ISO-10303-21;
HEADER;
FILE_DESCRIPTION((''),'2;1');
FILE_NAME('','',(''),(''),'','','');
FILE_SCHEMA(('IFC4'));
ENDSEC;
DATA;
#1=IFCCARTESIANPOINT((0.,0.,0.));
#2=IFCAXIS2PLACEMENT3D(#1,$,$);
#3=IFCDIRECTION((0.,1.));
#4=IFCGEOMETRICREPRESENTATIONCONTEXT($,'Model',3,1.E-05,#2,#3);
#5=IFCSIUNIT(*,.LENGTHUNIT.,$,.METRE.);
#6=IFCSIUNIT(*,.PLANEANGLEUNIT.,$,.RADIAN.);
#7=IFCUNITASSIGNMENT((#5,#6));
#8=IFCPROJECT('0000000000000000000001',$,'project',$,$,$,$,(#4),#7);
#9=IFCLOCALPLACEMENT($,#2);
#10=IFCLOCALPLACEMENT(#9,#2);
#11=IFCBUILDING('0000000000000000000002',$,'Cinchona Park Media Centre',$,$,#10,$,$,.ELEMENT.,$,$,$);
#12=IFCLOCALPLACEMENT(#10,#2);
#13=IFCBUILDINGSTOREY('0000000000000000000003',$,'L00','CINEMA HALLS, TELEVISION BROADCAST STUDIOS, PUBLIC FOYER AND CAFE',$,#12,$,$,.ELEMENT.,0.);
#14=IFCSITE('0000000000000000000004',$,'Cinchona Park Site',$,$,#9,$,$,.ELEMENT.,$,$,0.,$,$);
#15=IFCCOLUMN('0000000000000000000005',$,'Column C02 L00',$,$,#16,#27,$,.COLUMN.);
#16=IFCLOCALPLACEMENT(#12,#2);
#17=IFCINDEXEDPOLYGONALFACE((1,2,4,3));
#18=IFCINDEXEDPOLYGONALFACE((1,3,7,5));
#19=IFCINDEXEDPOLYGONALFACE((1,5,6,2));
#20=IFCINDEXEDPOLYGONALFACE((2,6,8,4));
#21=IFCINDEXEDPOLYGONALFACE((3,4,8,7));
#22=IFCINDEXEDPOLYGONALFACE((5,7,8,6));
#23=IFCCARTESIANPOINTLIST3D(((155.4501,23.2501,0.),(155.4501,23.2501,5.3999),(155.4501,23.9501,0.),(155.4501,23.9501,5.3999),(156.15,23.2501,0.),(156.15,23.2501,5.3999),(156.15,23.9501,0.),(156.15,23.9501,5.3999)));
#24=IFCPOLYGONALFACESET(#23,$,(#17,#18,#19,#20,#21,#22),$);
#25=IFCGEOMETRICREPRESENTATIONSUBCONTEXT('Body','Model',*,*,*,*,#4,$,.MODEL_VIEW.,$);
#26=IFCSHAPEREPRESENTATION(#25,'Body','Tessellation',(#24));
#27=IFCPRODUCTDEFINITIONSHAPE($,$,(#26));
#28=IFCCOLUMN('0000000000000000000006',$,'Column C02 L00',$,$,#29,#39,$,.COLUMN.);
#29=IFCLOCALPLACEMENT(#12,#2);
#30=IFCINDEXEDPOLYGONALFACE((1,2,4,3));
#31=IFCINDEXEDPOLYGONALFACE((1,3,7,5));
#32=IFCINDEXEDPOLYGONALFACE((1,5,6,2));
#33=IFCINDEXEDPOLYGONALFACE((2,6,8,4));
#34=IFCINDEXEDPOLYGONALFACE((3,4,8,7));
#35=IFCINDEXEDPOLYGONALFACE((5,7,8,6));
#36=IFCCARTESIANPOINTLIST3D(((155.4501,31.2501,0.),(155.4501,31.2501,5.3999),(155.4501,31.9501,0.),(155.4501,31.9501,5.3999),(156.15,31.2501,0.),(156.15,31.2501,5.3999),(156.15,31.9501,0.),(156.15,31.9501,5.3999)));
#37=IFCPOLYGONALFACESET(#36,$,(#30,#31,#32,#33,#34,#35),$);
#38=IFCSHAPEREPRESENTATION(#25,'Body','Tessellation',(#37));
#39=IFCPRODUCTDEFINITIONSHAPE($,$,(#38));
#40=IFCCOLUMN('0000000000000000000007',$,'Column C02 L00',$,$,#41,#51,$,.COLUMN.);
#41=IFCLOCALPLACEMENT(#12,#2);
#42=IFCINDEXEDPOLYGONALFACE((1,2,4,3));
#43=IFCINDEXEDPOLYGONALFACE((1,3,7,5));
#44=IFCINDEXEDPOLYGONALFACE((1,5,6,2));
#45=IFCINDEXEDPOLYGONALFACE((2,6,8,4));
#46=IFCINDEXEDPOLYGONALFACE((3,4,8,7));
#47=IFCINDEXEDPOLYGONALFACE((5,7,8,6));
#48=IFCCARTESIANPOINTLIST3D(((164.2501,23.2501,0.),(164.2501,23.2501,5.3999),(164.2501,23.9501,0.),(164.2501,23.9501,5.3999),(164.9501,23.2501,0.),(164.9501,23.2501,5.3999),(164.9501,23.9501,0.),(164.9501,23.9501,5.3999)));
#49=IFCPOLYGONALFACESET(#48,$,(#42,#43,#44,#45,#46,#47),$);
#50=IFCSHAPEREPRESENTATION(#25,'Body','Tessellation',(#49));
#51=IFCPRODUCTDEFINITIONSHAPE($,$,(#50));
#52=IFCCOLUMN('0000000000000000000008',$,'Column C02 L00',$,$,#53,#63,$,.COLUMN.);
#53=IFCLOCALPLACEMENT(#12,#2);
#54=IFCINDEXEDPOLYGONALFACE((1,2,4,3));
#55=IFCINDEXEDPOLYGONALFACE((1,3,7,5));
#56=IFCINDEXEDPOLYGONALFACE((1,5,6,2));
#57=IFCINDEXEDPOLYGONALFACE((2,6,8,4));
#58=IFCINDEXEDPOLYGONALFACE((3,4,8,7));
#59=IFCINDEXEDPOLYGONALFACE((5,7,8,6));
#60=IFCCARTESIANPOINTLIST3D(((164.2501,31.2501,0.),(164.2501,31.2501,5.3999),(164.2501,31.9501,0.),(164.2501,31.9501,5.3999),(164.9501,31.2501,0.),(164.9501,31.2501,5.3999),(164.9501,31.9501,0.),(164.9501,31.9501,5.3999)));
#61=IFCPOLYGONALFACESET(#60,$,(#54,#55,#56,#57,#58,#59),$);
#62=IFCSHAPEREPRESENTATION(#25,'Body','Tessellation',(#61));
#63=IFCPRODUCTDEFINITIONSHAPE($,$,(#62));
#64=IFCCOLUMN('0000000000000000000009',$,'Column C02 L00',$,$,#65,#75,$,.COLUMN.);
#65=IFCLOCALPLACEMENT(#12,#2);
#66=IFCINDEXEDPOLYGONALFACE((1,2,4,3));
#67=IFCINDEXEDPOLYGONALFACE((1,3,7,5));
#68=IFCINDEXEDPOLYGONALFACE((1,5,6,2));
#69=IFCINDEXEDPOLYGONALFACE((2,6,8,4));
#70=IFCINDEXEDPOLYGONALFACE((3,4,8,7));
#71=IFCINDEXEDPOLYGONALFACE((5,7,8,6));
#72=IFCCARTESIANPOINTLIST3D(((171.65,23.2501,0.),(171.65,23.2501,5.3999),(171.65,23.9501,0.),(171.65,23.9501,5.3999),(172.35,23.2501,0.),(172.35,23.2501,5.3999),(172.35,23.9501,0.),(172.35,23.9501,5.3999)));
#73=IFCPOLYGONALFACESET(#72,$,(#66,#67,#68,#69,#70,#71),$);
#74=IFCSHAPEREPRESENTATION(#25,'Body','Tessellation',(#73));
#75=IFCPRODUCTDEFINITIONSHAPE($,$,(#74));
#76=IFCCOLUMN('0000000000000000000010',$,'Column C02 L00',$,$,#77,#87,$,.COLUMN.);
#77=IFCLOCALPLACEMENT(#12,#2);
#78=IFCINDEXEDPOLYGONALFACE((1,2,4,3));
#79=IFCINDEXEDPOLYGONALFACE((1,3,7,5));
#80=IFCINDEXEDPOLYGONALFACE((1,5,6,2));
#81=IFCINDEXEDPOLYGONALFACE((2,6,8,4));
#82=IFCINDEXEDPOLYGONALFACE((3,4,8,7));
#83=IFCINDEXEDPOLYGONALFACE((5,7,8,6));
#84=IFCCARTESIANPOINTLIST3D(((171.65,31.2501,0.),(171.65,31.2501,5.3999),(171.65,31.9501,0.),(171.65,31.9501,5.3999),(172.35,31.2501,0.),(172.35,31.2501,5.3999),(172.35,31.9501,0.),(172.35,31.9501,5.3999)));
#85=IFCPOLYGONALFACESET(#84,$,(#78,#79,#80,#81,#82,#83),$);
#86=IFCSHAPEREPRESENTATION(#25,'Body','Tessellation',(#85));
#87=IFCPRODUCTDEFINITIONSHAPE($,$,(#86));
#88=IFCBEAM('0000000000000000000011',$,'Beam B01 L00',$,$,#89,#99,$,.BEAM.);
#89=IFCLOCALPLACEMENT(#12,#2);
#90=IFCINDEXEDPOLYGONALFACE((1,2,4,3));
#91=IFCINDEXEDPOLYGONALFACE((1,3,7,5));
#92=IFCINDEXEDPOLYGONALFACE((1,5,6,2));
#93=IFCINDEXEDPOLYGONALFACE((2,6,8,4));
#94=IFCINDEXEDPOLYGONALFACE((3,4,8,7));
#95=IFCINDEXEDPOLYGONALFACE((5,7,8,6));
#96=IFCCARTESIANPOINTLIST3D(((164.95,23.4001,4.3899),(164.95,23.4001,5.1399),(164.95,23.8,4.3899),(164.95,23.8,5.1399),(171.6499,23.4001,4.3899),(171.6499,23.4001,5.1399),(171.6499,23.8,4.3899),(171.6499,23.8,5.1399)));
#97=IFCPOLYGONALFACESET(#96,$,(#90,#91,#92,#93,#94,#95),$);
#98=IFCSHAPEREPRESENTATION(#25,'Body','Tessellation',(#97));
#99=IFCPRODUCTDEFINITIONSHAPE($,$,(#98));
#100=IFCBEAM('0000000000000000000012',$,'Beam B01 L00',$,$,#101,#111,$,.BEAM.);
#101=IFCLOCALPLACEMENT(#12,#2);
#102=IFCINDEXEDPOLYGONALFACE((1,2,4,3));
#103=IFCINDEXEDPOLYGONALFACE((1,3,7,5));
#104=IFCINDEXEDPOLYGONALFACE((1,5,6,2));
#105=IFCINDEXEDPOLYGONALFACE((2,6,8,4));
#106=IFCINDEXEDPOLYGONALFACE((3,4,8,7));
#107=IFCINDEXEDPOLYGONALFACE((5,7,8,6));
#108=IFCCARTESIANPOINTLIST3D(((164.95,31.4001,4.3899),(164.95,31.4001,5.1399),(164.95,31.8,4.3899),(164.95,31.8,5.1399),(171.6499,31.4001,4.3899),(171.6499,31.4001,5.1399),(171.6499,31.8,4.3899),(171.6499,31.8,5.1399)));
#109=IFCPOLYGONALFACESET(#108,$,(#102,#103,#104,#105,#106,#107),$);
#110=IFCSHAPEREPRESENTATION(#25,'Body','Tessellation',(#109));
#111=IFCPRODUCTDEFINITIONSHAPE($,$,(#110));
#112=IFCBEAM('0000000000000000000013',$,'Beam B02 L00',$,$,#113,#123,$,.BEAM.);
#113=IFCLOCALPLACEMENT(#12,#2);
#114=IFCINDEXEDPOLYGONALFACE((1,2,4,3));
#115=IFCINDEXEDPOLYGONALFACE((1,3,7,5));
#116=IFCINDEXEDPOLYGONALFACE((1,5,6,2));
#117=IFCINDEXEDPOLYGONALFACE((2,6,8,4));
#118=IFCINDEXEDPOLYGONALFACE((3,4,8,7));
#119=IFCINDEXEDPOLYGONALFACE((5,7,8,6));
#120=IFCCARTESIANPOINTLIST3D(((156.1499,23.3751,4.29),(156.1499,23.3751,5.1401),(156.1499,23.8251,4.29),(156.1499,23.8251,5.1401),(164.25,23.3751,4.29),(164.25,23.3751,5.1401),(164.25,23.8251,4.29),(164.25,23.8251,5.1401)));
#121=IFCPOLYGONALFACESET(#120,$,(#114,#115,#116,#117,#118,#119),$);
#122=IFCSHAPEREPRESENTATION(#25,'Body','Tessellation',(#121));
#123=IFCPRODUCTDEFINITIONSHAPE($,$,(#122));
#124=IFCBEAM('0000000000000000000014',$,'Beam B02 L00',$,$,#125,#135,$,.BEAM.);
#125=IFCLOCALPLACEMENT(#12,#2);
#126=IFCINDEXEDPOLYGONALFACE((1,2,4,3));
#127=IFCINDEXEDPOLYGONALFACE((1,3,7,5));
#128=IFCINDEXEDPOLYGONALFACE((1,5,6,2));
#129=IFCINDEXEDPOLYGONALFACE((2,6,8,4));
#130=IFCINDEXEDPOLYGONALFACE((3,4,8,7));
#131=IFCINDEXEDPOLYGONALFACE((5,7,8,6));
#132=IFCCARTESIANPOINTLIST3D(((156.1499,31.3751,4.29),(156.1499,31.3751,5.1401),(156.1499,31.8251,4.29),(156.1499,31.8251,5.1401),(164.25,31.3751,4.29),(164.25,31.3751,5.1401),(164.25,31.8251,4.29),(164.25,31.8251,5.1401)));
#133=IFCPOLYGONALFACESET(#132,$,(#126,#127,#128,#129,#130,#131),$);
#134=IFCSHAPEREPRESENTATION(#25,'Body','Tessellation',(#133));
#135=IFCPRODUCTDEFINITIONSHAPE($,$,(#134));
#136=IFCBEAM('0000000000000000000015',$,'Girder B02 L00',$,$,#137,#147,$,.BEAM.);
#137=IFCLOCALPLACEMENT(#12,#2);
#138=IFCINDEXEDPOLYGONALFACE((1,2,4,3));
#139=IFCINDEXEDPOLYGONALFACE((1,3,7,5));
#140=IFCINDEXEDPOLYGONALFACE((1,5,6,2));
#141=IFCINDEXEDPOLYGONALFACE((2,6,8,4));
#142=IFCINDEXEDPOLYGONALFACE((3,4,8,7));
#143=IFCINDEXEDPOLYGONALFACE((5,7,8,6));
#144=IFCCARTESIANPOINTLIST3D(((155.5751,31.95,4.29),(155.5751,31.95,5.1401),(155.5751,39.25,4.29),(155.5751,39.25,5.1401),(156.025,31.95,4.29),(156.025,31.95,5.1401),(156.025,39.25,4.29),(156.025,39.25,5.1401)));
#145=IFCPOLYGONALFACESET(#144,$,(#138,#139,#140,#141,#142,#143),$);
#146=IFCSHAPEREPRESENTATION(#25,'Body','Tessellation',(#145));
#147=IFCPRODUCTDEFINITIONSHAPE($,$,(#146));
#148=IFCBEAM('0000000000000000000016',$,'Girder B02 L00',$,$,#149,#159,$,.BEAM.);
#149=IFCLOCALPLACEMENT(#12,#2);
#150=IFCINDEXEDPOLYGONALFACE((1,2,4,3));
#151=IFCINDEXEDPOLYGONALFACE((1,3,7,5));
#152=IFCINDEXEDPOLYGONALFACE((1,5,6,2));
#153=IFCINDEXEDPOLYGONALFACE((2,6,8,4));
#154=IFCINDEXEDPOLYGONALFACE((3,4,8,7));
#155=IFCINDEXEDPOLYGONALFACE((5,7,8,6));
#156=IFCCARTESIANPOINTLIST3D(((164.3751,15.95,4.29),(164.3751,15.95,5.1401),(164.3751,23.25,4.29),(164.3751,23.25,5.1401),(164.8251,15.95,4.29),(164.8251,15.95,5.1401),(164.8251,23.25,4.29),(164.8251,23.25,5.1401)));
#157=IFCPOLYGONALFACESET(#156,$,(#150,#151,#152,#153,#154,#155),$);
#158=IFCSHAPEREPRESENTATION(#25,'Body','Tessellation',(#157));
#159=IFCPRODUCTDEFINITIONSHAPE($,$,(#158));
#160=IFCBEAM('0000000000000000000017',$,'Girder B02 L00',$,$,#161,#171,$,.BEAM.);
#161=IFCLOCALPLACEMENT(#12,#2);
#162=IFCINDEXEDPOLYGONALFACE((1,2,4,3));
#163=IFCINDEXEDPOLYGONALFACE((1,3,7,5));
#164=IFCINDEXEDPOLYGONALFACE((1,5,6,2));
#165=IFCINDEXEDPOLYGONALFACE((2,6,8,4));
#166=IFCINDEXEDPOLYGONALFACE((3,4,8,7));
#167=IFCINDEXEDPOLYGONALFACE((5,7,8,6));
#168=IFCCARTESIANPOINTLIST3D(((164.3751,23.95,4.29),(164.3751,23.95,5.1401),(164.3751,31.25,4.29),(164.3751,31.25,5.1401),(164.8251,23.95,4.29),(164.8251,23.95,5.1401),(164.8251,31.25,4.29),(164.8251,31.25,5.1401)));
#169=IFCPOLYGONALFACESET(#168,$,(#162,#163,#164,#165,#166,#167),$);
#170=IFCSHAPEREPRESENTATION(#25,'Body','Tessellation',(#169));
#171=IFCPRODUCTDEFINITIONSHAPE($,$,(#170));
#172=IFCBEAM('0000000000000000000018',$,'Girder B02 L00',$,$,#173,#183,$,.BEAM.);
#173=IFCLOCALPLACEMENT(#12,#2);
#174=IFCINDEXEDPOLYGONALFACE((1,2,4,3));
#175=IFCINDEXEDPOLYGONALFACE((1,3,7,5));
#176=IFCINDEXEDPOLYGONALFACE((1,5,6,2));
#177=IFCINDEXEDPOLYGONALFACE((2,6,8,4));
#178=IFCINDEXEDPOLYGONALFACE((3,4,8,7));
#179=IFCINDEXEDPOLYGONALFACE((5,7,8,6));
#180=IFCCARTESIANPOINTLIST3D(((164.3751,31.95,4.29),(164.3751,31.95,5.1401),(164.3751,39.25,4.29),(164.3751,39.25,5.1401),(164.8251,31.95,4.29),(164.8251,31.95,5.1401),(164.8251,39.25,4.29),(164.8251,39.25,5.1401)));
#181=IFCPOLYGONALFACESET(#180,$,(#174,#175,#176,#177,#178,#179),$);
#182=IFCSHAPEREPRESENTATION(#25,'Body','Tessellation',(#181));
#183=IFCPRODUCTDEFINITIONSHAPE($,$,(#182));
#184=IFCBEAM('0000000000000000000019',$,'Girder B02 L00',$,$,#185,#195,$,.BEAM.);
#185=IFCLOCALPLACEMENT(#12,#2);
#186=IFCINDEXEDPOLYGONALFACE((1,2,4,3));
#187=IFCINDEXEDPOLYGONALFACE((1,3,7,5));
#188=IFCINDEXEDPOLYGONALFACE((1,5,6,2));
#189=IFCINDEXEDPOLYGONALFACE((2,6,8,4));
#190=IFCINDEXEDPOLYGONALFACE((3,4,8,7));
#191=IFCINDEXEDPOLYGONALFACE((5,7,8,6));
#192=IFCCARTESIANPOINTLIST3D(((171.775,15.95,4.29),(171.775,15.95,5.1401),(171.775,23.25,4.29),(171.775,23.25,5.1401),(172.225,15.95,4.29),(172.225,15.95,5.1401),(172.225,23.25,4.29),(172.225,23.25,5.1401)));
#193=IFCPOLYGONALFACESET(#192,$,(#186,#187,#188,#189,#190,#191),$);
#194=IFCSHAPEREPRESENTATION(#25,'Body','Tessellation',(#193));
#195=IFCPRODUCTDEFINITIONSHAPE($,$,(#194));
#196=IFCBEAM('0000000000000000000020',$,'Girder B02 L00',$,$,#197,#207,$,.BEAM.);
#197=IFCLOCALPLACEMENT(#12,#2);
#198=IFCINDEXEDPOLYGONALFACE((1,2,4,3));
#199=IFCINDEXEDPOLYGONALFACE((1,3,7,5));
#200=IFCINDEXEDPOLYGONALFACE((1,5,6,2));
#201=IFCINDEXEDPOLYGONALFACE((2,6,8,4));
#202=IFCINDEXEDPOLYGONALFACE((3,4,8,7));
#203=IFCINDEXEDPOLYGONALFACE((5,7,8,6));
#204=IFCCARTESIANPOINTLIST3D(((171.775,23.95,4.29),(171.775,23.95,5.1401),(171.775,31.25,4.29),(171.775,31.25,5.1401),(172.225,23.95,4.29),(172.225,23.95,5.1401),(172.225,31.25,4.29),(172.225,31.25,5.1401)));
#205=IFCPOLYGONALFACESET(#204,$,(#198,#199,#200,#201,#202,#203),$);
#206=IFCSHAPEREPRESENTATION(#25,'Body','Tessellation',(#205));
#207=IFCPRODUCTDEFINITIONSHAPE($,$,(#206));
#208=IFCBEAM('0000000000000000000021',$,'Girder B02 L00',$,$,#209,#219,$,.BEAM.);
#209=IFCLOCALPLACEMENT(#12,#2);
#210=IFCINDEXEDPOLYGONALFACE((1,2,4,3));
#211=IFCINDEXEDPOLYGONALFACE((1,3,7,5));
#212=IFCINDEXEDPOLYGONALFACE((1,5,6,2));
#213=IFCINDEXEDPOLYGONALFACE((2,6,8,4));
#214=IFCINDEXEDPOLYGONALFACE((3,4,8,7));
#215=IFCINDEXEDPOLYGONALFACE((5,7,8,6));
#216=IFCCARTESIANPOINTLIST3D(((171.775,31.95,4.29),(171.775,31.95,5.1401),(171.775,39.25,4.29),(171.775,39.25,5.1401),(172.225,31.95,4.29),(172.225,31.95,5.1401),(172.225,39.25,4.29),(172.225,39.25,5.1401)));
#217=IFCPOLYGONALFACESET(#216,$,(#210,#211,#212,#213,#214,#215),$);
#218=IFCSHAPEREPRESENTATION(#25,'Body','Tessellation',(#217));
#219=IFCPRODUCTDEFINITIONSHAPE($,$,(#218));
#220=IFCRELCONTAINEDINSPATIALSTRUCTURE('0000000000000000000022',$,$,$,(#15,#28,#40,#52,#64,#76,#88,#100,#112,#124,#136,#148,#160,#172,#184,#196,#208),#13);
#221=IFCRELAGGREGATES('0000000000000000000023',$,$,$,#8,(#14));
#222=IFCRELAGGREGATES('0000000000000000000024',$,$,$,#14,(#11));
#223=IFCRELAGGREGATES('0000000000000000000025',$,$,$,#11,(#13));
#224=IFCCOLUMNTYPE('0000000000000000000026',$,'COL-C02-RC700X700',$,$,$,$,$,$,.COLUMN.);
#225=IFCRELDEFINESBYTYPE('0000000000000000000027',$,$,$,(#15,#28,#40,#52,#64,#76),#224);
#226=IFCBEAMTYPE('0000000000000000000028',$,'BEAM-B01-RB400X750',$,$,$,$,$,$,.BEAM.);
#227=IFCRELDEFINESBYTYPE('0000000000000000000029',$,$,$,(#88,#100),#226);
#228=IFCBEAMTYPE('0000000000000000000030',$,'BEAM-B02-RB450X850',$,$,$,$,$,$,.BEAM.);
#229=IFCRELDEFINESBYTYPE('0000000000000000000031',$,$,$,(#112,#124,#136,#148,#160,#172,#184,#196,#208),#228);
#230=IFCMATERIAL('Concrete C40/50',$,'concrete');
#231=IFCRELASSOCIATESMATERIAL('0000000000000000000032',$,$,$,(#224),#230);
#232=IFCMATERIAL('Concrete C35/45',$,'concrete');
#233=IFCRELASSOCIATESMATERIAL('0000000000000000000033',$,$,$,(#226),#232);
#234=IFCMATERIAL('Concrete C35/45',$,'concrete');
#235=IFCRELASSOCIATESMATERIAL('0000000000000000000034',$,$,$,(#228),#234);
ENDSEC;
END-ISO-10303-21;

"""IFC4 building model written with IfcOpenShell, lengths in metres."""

from ifc_helpers import new_model, si_unit, direction, frame, origin, origin_2d, place, context, subcontext, project, spatial, rectangle, extrude, material, material_profile, profile_set, type_object, element, save


model = new_model("IFC4")

# Units and contexts
model_context = context("Model", 3, precision=1e-05, world=origin(), true_north=direction((0.0, 1.0)))
body_context = subcontext(model_context, "Body", "Model", "MODEL_VIEW")
ifc_project = project(units=[si_unit("LENGTHUNIT", "METRE"), si_unit("PLANEANGLEUNIT", "RADIAN")], contexts=[model_context])

# Site, building, storey
site_placement = place(None, origin())
site = spatial("IfcSite", under=ifc_project, at=site_placement, Name="Cinchona Park Site", CompositionType="ELEMENT", RefElevation=0.0)
building_placement = place(site_placement, origin())
building = spatial("IfcBuilding", under=site, at=building_placement, Name="Cinchona Park Media Centre", CompositionType="ELEMENT")
storey_placement = place(building_placement, origin())
storey = spatial("IfcBuildingStorey", under=building, at=storey_placement, Name="L00", Description="CINEMA HALLS, TELEVISION BROADCAST STUDIOS, PUBLIC FOYER AND CAFE", CompositionType="ELEMENT", Elevation=0.0)

# Columns
ifc_material_1 = material(Name="Concrete C40/50", Category="concrete")
ifc_material_profile_1 = material_profile(ifc_material_1, rectangle(XDim=0.7, YDim=0.7, at=origin_2d()), Name="RC 700X700")
ifc_profile_set_1 = profile_set([ifc_material_profile_1], Name="Concrete C40/50")
column_type = type_object("IfcColumnType", Name="COL-C02-RC700X700", PredefinedType="COLUMN", material=ifc_profile_set_1)
for number, where, z_axis, x_axis, name in (
    (1, (155.8, 23.6001, 0.0), (0.0, 0.0, 1.0), (1.0, 0.0, 0.0), "Column C02 L00"),
    (2, (155.8, 31.6001, 0.0), (0.0, 0.0, 1.0), (1.0, 0.0, 0.0), "Column C02 L00"),
    (3, (164.6001, 23.6001, 0.0), (0.0, 0.0, 1.0), (1.0, 0.0, 0.0), "Column C02 L00"),
    (4, (164.6001, 31.6001, 0.0), (0.0, 0.0, 1.0), (1.0, 0.0, 0.0), "Column C02 L00"),
    (5, (172.0, 23.6001, 0.0), (0.0, 0.0, 1.0), (1.0, 0.0, 0.0), "Column C02 L00"),
    (6, (172.0, 31.6001, 0.0), (0.0, 0.0, 1.0), (1.0, 0.0, 0.0), "Column C02 L00"),
):
    element("IfcColumn", number, at=place(storey_placement, frame(where, z_axis=z_axis, x_axis=x_axis)), inside=storey, type_object=column_type, Name=name, PredefinedType="COLUMN", context=body_context, shape_type="SweptSolid", body=[
        extrude(rectangle(XDim=0.7, YDim=0.7, at=origin_2d()), origin(), (0.0, 0.0, 1.0), 5.3999),
    ])

# Beams
ifc_material_2 = material(Name="Concrete C35/45", Category="concrete")
ifc_material_profile_2 = material_profile(ifc_material_2, rectangle(XDim=0.3999, YDim=0.75, at=origin_2d()), Name="RB 400X750")
ifc_profile_set_2 = profile_set([ifc_material_profile_2], Name="Concrete C35/45")
beam_type_1 = type_object("IfcBeamType", Name="BEAM-B01-RB400X750", PredefinedType="BEAM", material=ifc_profile_set_2)
for number, where, z_axis, x_axis, name in (
    (7, (164.95, 23.6001, 4.7649), (1.0, 0.0, 0.0), (0.0, 1.0, 0.0), "Beam B01 L00"),
    (8, (164.95, 31.6001, 4.7649), (1.0, 0.0, 0.0), (0.0, 1.0, 0.0), "Beam B01 L00"),
):
    element("IfcBeam", number, at=place(storey_placement, frame(where, z_axis=z_axis, x_axis=x_axis)), inside=storey, type_object=beam_type_1, Name=name, PredefinedType="BEAM", context=body_context, shape_type="SweptSolid", body=[
        extrude(rectangle(XDim=0.3999, YDim=0.75, at=origin_2d()), origin(), (0.0, 0.0, 1.0), 6.7),
    ])
ifc_material_3 = material(Name="Concrete C35/45", Category="concrete")
ifc_material_profile_3 = material_profile(ifc_material_3, rectangle(XDim=0.45, YDim=0.8501, at=origin_2d()), Name="RB 450X850")
ifc_profile_set_3 = profile_set([ifc_material_profile_3], Name="Concrete C35/45")
beam_type_2 = type_object("IfcBeamType", Name="BEAM-B02-RB450X850", PredefinedType="BEAM", material=ifc_profile_set_3)
for number, where, z_axis, x_axis, name in (
    (9, (156.1499, 23.6001, 4.7151), (1.0, 0.0, 0.0), (0.0, 1.0, 0.0), "Beam B02 L00"),
    (10, (156.1499, 31.6001, 4.7151), (1.0, 0.0, 0.0), (0.0, 1.0, 0.0), "Beam B02 L00"),
):
    element("IfcBeam", number, at=place(storey_placement, frame(where, z_axis=z_axis, x_axis=x_axis)), inside=storey, type_object=beam_type_2, Name=name, PredefinedType="BEAM", context=body_context, shape_type="SweptSolid", body=[
        extrude(rectangle(XDim=0.45, YDim=0.8501, at=origin_2d()), origin(), (0.0, 0.0, 1.0), 8.1001),
    ])
for number, where, z_axis, x_axis, name in (
    (11, (155.8, 31.95, 4.7151), (0.0, 1.0, 0.0), (-1.0, 0.0, 0.0), "Girder B02 L00"),
    (12, (164.6001, 15.95, 4.7151), (0.0, 1.0, 0.0), (-1.0, 0.0, 0.0), "Girder B02 L00"),
    (13, (164.6001, 23.95, 4.7151), (0.0, 1.0, 0.0), (-1.0, 0.0, 0.0), "Girder B02 L00"),
    (14, (164.6001, 31.95, 4.7151), (0.0, 1.0, 0.0), (-1.0, 0.0, 0.0), "Girder B02 L00"),
    (15, (172.0, 15.95, 4.7151), (0.0, 1.0, 0.0), (-1.0, 0.0, 0.0), "Girder B02 L00"),
    (16, (172.0, 23.95, 4.7151), (0.0, 1.0, 0.0), (-1.0, 0.0, 0.0), "Girder B02 L00"),
    (17, (172.0, 31.95, 4.7151), (0.0, 1.0, 0.0), (-1.0, 0.0, 0.0), "Girder B02 L00"),
):
    element("IfcBeam", number, at=place(storey_placement, frame(where, z_axis=z_axis, x_axis=x_axis)), inside=storey, type_object=beam_type_2, Name=name, PredefinedType="BEAM", context=body_context, shape_type="SweptSolid", body=[
        extrude(rectangle(XDim=0.45, YDim=0.8501, at=origin_2d()), origin(), (0.0, 0.0, 1.0), 7.3),
    ])

save(model, "model.ifc")
